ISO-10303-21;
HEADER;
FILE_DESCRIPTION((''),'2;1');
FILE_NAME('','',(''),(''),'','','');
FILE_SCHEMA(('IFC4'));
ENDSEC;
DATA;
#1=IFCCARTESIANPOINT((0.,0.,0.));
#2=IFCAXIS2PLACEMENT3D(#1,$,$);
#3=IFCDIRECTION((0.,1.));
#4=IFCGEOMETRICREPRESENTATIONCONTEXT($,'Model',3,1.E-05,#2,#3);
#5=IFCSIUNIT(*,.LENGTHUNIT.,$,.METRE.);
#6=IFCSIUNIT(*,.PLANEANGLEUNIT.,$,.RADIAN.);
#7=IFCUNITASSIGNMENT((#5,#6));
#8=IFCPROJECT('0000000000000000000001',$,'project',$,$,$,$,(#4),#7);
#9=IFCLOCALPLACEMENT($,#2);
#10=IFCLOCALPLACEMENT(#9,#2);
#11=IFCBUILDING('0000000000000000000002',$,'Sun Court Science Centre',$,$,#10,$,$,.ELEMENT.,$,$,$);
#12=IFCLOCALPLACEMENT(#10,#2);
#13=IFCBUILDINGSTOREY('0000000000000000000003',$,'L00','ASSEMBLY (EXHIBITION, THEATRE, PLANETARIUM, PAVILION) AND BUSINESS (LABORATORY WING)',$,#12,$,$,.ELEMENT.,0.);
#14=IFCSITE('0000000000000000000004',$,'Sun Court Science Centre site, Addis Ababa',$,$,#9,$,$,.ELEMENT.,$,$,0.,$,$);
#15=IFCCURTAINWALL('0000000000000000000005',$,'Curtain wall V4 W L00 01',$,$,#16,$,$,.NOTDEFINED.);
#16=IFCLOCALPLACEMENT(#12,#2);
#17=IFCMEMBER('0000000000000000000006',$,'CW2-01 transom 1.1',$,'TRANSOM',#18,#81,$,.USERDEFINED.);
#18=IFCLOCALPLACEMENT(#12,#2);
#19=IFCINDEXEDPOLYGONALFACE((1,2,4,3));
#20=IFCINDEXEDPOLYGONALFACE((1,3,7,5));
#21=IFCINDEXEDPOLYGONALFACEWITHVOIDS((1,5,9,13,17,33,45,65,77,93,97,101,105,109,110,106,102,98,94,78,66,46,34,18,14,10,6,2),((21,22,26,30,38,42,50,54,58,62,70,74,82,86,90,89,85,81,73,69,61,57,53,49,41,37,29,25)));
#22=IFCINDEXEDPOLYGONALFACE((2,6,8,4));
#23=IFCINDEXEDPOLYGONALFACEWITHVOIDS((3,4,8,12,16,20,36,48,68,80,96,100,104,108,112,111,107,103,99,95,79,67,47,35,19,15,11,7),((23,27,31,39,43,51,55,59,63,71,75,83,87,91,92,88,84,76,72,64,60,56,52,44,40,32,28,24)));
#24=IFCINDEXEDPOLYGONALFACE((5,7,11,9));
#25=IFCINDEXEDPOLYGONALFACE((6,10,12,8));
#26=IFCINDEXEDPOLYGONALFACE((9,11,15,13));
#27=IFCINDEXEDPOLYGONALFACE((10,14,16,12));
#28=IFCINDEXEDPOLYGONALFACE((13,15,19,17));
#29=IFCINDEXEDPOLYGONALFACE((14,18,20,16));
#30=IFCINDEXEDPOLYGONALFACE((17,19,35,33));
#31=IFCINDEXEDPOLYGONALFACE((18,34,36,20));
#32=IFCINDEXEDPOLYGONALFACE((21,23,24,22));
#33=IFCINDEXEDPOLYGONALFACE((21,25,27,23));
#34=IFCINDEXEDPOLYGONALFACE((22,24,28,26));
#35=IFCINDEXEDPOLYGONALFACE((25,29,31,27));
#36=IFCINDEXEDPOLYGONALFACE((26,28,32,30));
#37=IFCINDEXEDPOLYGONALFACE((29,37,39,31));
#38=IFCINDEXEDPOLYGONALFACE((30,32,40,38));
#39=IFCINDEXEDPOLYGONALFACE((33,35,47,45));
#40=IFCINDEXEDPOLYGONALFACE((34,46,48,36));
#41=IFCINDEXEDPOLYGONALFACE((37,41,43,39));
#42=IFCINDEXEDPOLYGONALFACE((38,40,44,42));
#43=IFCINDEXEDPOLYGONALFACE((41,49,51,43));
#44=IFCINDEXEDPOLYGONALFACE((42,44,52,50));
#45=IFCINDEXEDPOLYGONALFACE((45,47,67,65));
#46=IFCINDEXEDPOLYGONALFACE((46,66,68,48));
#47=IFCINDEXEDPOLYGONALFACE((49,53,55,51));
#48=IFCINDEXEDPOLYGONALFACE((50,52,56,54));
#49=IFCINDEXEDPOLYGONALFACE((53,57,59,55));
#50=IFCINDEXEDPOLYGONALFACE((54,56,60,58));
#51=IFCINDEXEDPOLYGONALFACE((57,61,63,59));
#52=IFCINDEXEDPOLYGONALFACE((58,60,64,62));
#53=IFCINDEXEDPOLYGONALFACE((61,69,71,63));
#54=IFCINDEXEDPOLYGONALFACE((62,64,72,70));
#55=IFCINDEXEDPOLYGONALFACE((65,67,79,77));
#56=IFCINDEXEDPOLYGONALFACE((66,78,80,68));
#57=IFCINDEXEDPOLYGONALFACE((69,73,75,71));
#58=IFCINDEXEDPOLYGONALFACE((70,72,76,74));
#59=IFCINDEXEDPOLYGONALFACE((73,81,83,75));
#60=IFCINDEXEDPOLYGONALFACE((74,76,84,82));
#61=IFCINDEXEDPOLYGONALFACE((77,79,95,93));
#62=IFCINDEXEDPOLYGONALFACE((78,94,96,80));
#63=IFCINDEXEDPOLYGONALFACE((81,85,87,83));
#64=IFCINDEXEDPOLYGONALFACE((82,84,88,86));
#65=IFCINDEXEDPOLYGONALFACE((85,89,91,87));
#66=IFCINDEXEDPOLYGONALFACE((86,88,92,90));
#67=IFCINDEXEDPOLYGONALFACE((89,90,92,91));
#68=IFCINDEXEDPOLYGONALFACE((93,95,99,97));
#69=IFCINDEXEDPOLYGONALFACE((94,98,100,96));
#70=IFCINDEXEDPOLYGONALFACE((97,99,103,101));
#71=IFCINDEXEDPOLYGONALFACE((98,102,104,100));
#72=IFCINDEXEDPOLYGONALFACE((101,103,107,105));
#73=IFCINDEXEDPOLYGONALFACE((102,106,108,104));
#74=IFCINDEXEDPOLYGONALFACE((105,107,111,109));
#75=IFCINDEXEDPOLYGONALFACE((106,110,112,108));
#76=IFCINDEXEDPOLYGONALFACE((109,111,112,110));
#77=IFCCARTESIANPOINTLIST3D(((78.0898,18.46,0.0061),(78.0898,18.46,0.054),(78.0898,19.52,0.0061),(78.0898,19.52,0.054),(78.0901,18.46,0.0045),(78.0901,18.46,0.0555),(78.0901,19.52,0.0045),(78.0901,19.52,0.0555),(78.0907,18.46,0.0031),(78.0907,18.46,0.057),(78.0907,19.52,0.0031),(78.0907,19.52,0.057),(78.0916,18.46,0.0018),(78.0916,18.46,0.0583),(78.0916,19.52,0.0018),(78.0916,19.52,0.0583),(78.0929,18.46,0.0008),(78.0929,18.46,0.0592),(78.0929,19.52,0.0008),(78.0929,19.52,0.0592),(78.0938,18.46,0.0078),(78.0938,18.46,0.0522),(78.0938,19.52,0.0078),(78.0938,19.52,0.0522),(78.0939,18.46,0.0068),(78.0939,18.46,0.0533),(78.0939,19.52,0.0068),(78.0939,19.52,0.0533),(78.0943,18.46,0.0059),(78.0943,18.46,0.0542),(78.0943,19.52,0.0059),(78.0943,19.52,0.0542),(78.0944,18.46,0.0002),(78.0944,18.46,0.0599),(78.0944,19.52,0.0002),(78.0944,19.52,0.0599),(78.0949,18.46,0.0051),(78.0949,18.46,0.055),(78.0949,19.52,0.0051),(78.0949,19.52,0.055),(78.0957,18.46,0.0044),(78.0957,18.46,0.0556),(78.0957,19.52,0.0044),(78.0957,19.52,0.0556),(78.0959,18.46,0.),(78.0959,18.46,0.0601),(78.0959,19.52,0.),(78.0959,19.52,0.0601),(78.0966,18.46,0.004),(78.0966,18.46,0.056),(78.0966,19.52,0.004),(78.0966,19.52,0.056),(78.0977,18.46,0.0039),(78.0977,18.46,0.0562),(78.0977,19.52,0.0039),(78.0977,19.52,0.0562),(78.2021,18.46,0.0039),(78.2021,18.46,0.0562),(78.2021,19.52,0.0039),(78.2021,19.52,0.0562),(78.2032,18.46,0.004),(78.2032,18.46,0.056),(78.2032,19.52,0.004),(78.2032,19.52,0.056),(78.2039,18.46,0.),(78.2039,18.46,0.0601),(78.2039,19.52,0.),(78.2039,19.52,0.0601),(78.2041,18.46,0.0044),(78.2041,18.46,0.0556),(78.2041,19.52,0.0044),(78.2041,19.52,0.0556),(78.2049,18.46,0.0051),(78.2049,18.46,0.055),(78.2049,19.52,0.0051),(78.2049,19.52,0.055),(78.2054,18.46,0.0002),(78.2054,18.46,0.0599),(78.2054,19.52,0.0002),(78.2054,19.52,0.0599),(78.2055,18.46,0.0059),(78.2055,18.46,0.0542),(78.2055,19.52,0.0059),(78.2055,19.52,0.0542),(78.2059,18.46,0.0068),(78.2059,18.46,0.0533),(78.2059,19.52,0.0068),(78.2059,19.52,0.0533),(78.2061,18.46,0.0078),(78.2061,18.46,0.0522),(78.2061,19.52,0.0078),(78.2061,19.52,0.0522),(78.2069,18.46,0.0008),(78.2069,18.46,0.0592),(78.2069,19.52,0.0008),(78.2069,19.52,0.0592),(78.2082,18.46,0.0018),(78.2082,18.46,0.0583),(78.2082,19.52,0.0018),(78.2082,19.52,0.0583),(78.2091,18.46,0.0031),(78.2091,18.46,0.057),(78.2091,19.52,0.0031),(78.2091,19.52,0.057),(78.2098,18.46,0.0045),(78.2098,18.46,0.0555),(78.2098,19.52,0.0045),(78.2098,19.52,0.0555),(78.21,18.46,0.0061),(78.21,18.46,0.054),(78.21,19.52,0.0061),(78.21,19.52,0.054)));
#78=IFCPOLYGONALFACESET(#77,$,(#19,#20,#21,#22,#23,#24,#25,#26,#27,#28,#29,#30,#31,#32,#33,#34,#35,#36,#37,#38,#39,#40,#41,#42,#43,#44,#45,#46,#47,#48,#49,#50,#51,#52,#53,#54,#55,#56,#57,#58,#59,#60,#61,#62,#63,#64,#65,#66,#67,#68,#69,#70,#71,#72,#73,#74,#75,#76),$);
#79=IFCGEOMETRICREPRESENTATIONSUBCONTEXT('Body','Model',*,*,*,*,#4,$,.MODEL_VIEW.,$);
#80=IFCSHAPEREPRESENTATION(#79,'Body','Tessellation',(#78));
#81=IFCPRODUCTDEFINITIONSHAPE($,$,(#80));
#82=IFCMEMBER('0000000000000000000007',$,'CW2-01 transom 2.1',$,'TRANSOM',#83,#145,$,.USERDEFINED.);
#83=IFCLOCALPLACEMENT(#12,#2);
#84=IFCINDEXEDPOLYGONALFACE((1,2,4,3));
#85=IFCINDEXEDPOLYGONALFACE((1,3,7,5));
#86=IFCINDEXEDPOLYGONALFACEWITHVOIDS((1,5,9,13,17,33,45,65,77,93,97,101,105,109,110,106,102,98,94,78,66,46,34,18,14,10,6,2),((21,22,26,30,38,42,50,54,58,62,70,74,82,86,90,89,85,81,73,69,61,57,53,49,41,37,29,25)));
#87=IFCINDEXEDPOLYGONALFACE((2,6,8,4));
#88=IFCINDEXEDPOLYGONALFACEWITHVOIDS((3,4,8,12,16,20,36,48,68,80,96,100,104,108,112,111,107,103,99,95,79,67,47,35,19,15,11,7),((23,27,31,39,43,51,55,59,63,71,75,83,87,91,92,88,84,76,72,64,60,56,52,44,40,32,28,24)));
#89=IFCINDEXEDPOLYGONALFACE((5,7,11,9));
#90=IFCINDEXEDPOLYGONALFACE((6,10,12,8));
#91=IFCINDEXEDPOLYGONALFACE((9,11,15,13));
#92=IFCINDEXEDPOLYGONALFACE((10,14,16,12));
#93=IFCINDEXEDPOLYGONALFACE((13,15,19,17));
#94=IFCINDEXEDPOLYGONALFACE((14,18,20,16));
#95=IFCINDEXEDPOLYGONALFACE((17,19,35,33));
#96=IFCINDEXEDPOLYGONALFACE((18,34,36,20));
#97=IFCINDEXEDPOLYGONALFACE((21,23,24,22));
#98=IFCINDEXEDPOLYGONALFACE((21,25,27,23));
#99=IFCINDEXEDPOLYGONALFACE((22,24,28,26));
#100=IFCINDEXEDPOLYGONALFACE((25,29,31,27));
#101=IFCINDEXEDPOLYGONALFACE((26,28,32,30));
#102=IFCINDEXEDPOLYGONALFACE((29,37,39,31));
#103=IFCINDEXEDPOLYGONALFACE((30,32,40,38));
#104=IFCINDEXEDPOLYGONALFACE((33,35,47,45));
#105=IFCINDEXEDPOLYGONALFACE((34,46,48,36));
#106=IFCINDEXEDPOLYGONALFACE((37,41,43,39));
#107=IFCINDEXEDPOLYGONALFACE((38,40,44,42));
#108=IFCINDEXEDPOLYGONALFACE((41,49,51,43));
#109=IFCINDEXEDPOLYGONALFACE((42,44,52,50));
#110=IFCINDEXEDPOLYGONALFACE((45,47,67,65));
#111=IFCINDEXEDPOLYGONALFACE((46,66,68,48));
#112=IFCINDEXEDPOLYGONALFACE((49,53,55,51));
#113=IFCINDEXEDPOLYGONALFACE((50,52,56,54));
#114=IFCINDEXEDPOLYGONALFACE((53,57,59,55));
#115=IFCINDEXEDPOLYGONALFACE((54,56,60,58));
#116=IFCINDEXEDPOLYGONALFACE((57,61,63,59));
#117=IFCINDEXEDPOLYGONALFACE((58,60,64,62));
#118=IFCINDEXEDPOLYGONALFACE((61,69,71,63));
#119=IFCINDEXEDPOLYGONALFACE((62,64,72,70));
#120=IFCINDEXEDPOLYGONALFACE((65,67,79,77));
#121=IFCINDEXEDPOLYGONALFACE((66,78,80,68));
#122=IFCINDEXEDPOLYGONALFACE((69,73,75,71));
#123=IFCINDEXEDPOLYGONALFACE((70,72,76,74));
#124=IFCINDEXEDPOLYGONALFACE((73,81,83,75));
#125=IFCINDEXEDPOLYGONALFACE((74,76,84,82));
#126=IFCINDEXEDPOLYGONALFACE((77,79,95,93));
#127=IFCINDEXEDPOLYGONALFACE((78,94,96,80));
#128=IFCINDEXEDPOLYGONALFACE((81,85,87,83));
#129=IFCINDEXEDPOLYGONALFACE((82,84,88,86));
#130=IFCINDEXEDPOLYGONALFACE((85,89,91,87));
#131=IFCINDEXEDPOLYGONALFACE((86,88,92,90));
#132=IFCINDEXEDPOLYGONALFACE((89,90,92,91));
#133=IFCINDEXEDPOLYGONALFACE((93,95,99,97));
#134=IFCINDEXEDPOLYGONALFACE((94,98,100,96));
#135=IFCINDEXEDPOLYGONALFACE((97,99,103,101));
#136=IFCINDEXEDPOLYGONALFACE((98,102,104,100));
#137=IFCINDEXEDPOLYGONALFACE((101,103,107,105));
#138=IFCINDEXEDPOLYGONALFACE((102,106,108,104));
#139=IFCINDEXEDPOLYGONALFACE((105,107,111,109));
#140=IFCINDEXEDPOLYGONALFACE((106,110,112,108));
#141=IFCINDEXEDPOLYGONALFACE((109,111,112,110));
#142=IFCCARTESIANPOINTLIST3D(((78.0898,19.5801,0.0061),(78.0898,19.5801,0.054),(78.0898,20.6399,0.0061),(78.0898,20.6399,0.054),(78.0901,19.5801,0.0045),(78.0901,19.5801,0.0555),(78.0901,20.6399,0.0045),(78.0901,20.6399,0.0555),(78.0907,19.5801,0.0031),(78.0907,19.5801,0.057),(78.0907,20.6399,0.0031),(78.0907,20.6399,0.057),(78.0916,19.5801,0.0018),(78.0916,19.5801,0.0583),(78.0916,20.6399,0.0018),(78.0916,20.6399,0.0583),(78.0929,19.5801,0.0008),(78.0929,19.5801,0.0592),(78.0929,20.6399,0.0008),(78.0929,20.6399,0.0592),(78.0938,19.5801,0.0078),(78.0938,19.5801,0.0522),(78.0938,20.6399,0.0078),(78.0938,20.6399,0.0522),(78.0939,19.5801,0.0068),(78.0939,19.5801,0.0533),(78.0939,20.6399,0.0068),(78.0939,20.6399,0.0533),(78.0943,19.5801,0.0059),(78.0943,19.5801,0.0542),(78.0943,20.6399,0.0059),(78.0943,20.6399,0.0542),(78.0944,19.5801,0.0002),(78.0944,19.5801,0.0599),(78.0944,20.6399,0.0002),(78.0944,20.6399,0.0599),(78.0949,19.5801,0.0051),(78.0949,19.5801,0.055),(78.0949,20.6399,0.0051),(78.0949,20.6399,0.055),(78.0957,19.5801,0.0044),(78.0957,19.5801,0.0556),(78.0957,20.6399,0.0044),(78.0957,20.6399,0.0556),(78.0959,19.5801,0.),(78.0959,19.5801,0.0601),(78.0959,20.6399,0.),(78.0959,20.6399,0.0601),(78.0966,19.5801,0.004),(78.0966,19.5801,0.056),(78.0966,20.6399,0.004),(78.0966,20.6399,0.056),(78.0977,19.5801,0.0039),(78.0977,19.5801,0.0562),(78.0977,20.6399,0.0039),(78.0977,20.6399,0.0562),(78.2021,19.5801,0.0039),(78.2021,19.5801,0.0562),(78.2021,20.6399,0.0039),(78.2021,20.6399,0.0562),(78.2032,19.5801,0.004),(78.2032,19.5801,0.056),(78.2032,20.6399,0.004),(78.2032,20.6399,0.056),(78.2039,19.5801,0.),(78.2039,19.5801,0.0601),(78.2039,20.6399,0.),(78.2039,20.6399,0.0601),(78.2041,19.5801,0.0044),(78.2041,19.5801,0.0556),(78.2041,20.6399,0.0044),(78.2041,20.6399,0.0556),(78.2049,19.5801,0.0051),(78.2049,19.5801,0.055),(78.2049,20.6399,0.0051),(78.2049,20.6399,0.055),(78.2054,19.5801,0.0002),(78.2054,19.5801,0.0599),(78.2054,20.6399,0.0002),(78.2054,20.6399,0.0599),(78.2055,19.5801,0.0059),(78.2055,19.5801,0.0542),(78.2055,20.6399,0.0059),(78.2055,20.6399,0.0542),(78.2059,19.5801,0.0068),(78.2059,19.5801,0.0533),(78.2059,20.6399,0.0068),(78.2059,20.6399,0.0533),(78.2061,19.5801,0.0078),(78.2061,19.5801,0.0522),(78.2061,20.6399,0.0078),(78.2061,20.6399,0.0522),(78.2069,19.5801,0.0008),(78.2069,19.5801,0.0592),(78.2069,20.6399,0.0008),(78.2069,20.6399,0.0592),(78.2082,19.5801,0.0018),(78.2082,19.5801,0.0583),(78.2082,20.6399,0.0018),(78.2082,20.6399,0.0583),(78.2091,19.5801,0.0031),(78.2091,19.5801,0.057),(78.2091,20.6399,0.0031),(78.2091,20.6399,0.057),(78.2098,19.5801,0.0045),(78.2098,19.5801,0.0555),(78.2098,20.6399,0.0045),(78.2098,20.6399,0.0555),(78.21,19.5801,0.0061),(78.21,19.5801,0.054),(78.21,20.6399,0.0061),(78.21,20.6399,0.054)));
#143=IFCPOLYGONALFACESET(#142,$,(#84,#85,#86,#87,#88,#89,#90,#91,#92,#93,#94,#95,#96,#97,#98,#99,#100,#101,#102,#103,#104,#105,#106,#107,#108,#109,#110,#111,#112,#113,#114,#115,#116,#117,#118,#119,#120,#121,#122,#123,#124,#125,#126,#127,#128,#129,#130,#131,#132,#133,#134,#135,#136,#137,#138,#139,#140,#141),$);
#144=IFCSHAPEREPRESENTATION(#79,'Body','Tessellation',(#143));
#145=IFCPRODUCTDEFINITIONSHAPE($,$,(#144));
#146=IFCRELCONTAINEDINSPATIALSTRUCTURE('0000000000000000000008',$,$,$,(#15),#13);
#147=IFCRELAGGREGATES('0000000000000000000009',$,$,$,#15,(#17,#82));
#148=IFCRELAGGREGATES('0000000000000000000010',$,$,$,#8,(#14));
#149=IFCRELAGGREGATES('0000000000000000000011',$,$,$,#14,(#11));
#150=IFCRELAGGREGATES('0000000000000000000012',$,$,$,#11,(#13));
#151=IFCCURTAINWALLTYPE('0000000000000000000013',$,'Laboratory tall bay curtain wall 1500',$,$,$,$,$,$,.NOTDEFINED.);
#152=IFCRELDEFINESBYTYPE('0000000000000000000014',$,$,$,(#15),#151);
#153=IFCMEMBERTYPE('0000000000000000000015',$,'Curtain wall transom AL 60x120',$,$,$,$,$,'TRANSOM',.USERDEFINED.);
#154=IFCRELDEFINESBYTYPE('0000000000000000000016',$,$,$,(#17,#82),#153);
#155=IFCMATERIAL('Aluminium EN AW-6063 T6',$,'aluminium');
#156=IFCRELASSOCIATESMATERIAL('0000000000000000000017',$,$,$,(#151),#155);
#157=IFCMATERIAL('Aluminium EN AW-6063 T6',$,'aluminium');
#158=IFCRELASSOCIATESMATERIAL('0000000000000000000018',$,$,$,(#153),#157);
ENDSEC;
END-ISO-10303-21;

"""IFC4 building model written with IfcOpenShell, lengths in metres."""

from ifc_helpers import new_model, si_unit, direction, frame, origin, origin_2d, place, context, subcontext, project, spatial, hollow_rectangle, extrude, material, material_profile, profile_set, type_object, element, aggregate, save


model = new_model("IFC4")

# Units and contexts
model_context = context("Model", 3, precision=1e-05, world=origin(), true_north=direction((0.0, 1.0)))
body_context = subcontext(model_context, "Body", "Model", "MODEL_VIEW")
ifc_project = project(units=[si_unit("LENGTHUNIT", "METRE"), si_unit("PLANEANGLEUNIT", "RADIAN")], contexts=[model_context])

# Site, building, storey
site_placement = place(None, origin())
site = spatial("IfcSite", under=ifc_project, at=site_placement, Name="Sun Court Science Centre site, Addis Ababa", CompositionType="ELEMENT", RefElevation=0.0)
building_placement = place(site_placement, origin())
building = spatial("IfcBuilding", under=site, at=building_placement, Name="Sun Court Science Centre", CompositionType="ELEMENT")
storey_placement = place(building_placement, origin())
storey = spatial("IfcBuildingStorey", under=building, at=storey_placement, Name="L00", Description="ASSEMBLY (EXHIBITION, THEATRE, PLANETARIUM, PAVILION) AND BUSINESS (LABORATORY WING)", CompositionType="ELEMENT", Elevation=0.0)

# Curtain wall, members
ifc_material_1 = material(Name="Aluminium EN AW-6063 T6", Category="aluminium")
curtain_wall_type = type_object("IfcCurtainWallType", Name="Laboratory tall bay curtain wall 1500", PredefinedType="NOTDEFINED", material=ifc_material_1)
curtain_wall_placement = place(storey_placement, origin())
curtain_wall = element("IfcCurtainWall", 1, at=curtain_wall_placement, inside=storey, type_object=curtain_wall_type, Name="Curtain wall V4 W L00 01", PredefinedType="NOTDEFINED")
ifc_material_2 = material(Name="Aluminium EN AW-6063 T6", Category="aluminium")
ifc_material_profile_1 = material_profile(ifc_material_2, hollow_rectangle(XDim=0.0601, YDim=0.1201, WallThickness=0.0039, InnerFilletRadius=0.0039, OuterFilletRadius=0.0061, at=origin_2d()), Name="AL 60x120x4")
ifc_profile_set_1 = profile_set([ifc_material_profile_1], Name="Aluminium EN AW-6063 T6")
member_type_1 = type_object("IfcMemberType", Name="Curtain wall transom AL 60x120", ElementType="TRANSOM", PredefinedType="USERDEFINED", material=ifc_profile_set_1)
member_1_placement = place(storey_placement, frame((78.1499, 18.46, 0.03), z_axis=(0.0, 1.0, 0.0), x_axis=(0.0, 0.0, 1.0)))
member_1 = element("IfcMember", 2, at=member_1_placement, type_object=member_type_1, Name="CW2-01 transom 1.1", ObjectType="TRANSOM", PredefinedType="USERDEFINED", context=body_context, shape_type="SweptSolid", body=[
    extrude(hollow_rectangle(XDim=0.0601, YDim=0.1201, WallThickness=0.0039, InnerFilletRadius=0.0039, OuterFilletRadius=0.0061, at=origin_2d()), origin(), (0.0, 0.0, 1.0), 1.0601),
])
member_2_placement = place(storey_placement, frame((78.1499, 19.5801, 0.03), z_axis=(0.0, 1.0, 0.0), x_axis=(0.0, 0.0, 1.0)))
member_2 = element("IfcMember", 3, at=member_2_placement, type_object=member_type_1, Name="CW2-01 transom 2.1", ObjectType="TRANSOM", PredefinedType="USERDEFINED", context=body_context, shape_type="SweptSolid", body=[
    extrude(hollow_rectangle(XDim=0.0601, YDim=0.1201, WallThickness=0.0039, InnerFilletRadius=0.0039, OuterFilletRadius=0.0061, at=origin_2d()), origin(), (0.0, 0.0, 1.0), 1.0598),
])
aggregate(curtain_wall, [member_1, member_2])

save(model, "model.ifc")
